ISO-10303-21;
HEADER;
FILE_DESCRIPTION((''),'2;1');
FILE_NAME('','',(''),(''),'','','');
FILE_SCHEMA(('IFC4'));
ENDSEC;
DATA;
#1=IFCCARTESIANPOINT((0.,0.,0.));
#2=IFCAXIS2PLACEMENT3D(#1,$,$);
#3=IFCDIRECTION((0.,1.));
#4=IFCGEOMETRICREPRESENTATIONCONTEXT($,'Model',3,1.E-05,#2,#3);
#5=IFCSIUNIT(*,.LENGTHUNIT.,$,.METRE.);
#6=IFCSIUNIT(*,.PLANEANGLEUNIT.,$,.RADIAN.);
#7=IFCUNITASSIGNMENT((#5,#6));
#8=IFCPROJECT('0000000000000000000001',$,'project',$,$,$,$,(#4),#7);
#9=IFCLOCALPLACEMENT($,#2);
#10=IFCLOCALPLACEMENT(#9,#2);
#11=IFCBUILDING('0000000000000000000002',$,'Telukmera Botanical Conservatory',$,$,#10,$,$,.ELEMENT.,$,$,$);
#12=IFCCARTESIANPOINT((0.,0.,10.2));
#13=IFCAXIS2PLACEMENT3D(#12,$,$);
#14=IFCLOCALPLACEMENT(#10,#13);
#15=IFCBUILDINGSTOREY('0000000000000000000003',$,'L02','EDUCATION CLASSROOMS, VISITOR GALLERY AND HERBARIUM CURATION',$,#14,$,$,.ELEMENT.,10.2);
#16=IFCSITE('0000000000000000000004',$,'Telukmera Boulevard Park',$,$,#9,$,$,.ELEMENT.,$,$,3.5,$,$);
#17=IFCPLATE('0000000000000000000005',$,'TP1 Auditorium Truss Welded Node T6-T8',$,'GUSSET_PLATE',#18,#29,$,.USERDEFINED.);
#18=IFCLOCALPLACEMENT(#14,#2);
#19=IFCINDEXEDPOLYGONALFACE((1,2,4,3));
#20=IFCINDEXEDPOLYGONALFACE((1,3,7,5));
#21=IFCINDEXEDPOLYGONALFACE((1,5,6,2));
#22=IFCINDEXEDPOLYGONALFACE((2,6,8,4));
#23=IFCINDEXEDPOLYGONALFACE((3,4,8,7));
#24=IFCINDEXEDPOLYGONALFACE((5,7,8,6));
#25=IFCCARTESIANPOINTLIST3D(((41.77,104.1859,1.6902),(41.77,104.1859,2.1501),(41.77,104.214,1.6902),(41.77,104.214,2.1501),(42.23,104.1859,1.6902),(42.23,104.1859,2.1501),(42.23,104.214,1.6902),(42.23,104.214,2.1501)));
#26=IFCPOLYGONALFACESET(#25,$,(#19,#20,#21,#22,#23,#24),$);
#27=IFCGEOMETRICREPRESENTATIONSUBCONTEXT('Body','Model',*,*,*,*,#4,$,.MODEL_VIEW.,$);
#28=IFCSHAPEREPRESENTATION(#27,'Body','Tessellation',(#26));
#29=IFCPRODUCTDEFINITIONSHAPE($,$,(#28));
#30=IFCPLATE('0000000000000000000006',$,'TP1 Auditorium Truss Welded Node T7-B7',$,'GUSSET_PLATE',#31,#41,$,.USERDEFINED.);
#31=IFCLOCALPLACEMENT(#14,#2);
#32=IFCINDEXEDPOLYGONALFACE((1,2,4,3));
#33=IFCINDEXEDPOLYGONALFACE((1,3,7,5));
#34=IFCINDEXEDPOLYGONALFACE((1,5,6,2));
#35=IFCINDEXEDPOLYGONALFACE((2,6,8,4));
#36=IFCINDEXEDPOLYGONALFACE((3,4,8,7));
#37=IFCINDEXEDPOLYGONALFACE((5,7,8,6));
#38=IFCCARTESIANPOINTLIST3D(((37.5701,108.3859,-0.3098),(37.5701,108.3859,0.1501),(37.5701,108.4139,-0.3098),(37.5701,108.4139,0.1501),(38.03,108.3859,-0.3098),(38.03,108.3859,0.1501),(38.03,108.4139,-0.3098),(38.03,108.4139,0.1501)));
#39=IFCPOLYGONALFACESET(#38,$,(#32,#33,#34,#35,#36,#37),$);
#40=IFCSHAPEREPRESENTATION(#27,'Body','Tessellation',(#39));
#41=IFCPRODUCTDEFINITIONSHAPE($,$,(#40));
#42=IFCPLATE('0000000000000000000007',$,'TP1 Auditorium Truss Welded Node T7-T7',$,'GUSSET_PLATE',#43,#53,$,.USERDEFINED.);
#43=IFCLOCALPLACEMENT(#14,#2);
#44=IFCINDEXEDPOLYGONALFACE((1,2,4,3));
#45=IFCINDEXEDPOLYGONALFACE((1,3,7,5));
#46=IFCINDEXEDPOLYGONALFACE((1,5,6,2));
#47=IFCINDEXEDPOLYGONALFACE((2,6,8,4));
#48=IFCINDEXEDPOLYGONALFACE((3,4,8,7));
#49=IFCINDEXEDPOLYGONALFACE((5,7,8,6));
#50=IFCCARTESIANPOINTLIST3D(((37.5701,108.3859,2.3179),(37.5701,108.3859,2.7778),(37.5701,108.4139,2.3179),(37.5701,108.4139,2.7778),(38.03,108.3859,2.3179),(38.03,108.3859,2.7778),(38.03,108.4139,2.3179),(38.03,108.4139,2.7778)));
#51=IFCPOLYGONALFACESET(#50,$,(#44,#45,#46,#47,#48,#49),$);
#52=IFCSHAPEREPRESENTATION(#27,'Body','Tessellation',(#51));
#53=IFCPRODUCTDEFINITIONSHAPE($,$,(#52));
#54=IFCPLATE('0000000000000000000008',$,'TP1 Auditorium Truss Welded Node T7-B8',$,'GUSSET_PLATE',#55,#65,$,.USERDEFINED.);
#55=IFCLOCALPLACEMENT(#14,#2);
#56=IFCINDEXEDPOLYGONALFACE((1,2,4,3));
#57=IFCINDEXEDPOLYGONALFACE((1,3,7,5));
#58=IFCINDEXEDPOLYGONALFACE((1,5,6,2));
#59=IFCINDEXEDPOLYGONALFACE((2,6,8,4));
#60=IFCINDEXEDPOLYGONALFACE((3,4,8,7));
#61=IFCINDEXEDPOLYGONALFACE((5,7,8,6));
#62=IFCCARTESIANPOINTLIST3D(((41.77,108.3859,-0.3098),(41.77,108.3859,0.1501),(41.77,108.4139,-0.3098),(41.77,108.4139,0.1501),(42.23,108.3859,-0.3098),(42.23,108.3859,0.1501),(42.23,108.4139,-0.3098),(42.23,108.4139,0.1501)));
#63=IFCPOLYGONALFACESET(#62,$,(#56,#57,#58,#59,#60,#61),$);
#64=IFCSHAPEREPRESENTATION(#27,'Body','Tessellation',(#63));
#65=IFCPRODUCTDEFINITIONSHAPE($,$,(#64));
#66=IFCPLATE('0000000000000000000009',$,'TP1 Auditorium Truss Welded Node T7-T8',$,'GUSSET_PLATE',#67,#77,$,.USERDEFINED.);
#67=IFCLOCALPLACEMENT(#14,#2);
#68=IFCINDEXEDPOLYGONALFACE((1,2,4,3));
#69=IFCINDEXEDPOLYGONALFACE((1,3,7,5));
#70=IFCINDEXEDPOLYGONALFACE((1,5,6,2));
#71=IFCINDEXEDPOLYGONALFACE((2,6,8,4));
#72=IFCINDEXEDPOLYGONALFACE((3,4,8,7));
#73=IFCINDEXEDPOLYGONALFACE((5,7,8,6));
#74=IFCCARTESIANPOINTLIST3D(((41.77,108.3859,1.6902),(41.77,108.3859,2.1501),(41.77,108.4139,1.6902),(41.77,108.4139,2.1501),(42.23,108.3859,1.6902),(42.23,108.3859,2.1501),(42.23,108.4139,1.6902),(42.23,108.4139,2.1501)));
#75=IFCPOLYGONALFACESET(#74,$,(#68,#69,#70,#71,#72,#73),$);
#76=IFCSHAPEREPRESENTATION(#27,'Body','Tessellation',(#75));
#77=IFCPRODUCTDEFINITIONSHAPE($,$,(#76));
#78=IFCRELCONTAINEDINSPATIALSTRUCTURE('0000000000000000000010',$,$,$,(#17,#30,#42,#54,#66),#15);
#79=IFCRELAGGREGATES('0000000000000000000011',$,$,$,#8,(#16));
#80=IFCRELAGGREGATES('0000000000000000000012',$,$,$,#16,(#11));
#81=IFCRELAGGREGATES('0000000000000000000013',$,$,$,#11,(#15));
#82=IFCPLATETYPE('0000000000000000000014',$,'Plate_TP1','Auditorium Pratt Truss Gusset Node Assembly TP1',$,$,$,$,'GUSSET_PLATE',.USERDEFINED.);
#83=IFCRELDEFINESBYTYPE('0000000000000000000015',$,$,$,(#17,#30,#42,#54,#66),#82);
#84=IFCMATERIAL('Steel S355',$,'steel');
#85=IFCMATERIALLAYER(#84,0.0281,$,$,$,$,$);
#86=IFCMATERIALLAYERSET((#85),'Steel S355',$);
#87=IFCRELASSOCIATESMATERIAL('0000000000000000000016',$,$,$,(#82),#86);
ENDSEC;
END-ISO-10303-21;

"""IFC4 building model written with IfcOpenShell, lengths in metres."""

from ifc_helpers import new_model, si_unit, direction, frame, origin, origin_2d, place, context, subcontext, project, spatial, rectangle, extrude, material, layer, layer_set, type_object, element, save


model = new_model("IFC4")

# Units and contexts
model_context = context("Model", 3, precision=1e-05, world=origin(), true_north=direction((0.0, 1.0)))
body_context = subcontext(model_context, "Body", "Model", "MODEL_VIEW")
ifc_project = project(units=[si_unit("LENGTHUNIT", "METRE"), si_unit("PLANEANGLEUNIT", "RADIAN")], contexts=[model_context])

# Site, building, storey
site_placement = place(None, origin())
site = spatial("IfcSite", under=ifc_project, at=site_placement, Name="Telukmera Boulevard Park", CompositionType="ELEMENT", RefElevation=3.5)
building_placement = place(site_placement, origin())
building = spatial("IfcBuilding", under=site, at=building_placement, Name="Telukmera Botanical Conservatory", CompositionType="ELEMENT")
storey_placement = place(building_placement, frame((0.0, 0.0, 10.2)))
storey = spatial("IfcBuildingStorey", under=building, at=storey_placement, Name="L02", Description="EDUCATION CLASSROOMS, VISITOR GALLERY AND HERBARIUM CURATION", CompositionType="ELEMENT", Elevation=10.2)

# Shared definitions
ifc_material_1 = material(Name="Steel S355", Category="steel")

# Plates
ifc_layer_1 = layer(ifc_material_1, 0.0281)
ifc_layer_set_1 = layer_set([ifc_layer_1], Name="Steel S355")
plate_type_1 = type_object("IfcPlateType", Name="Plate_TP1", Description="Auditorium Pratt Truss Gusset Node Assembly TP1", ElementType="GUSSET_PLATE", PredefinedType="USERDEFINED", material=ifc_layer_set_1)
for number, where, z_axis, x_axis, name in (
    (1, (42.0, 104.2, 1.6902), (0.0, 0.0, 1.0), (1.0, 0.0, 0.0), "TP1 Auditorium Truss Welded Node T6-T8"),
    (2, (37.8, 108.3999, -0.3098), (0.0, 0.0, 1.0), (1.0, 0.0, 0.0), "TP1 Auditorium Truss Welded Node T7-B7"),
    (3, (37.8, 108.3999, 2.3179), (0.0, 0.0, 1.0), (1.0, 0.0, 0.0), "TP1 Auditorium Truss Welded Node T7-T7"),
    (4, (42.0, 108.3999, -0.3098), (0.0, 0.0, 1.0), (1.0, 0.0, 0.0), "TP1 Auditorium Truss Welded Node T7-B8"),
    (5, (42.0, 108.3999, 1.6902), (0.0, 0.0, 1.0), (1.0, 0.0, 0.0), "TP1 Auditorium Truss Welded Node T7-T8"),
):
    element("IfcPlate", number, at=place(storey_placement, frame(where, z_axis=z_axis, x_axis=x_axis)), inside=storey, type_object=plate_type_1, Name=name, ObjectType="GUSSET_PLATE", PredefinedType="USERDEFINED", context=body_context, shape_type="SweptSolid", body=[
        extrude(rectangle(XDim=0.46, YDim=0.0281, at=origin_2d()), origin(), (0.0, 0.0, 1.0), 0.46),
    ])

save(model, "model.ifc")
